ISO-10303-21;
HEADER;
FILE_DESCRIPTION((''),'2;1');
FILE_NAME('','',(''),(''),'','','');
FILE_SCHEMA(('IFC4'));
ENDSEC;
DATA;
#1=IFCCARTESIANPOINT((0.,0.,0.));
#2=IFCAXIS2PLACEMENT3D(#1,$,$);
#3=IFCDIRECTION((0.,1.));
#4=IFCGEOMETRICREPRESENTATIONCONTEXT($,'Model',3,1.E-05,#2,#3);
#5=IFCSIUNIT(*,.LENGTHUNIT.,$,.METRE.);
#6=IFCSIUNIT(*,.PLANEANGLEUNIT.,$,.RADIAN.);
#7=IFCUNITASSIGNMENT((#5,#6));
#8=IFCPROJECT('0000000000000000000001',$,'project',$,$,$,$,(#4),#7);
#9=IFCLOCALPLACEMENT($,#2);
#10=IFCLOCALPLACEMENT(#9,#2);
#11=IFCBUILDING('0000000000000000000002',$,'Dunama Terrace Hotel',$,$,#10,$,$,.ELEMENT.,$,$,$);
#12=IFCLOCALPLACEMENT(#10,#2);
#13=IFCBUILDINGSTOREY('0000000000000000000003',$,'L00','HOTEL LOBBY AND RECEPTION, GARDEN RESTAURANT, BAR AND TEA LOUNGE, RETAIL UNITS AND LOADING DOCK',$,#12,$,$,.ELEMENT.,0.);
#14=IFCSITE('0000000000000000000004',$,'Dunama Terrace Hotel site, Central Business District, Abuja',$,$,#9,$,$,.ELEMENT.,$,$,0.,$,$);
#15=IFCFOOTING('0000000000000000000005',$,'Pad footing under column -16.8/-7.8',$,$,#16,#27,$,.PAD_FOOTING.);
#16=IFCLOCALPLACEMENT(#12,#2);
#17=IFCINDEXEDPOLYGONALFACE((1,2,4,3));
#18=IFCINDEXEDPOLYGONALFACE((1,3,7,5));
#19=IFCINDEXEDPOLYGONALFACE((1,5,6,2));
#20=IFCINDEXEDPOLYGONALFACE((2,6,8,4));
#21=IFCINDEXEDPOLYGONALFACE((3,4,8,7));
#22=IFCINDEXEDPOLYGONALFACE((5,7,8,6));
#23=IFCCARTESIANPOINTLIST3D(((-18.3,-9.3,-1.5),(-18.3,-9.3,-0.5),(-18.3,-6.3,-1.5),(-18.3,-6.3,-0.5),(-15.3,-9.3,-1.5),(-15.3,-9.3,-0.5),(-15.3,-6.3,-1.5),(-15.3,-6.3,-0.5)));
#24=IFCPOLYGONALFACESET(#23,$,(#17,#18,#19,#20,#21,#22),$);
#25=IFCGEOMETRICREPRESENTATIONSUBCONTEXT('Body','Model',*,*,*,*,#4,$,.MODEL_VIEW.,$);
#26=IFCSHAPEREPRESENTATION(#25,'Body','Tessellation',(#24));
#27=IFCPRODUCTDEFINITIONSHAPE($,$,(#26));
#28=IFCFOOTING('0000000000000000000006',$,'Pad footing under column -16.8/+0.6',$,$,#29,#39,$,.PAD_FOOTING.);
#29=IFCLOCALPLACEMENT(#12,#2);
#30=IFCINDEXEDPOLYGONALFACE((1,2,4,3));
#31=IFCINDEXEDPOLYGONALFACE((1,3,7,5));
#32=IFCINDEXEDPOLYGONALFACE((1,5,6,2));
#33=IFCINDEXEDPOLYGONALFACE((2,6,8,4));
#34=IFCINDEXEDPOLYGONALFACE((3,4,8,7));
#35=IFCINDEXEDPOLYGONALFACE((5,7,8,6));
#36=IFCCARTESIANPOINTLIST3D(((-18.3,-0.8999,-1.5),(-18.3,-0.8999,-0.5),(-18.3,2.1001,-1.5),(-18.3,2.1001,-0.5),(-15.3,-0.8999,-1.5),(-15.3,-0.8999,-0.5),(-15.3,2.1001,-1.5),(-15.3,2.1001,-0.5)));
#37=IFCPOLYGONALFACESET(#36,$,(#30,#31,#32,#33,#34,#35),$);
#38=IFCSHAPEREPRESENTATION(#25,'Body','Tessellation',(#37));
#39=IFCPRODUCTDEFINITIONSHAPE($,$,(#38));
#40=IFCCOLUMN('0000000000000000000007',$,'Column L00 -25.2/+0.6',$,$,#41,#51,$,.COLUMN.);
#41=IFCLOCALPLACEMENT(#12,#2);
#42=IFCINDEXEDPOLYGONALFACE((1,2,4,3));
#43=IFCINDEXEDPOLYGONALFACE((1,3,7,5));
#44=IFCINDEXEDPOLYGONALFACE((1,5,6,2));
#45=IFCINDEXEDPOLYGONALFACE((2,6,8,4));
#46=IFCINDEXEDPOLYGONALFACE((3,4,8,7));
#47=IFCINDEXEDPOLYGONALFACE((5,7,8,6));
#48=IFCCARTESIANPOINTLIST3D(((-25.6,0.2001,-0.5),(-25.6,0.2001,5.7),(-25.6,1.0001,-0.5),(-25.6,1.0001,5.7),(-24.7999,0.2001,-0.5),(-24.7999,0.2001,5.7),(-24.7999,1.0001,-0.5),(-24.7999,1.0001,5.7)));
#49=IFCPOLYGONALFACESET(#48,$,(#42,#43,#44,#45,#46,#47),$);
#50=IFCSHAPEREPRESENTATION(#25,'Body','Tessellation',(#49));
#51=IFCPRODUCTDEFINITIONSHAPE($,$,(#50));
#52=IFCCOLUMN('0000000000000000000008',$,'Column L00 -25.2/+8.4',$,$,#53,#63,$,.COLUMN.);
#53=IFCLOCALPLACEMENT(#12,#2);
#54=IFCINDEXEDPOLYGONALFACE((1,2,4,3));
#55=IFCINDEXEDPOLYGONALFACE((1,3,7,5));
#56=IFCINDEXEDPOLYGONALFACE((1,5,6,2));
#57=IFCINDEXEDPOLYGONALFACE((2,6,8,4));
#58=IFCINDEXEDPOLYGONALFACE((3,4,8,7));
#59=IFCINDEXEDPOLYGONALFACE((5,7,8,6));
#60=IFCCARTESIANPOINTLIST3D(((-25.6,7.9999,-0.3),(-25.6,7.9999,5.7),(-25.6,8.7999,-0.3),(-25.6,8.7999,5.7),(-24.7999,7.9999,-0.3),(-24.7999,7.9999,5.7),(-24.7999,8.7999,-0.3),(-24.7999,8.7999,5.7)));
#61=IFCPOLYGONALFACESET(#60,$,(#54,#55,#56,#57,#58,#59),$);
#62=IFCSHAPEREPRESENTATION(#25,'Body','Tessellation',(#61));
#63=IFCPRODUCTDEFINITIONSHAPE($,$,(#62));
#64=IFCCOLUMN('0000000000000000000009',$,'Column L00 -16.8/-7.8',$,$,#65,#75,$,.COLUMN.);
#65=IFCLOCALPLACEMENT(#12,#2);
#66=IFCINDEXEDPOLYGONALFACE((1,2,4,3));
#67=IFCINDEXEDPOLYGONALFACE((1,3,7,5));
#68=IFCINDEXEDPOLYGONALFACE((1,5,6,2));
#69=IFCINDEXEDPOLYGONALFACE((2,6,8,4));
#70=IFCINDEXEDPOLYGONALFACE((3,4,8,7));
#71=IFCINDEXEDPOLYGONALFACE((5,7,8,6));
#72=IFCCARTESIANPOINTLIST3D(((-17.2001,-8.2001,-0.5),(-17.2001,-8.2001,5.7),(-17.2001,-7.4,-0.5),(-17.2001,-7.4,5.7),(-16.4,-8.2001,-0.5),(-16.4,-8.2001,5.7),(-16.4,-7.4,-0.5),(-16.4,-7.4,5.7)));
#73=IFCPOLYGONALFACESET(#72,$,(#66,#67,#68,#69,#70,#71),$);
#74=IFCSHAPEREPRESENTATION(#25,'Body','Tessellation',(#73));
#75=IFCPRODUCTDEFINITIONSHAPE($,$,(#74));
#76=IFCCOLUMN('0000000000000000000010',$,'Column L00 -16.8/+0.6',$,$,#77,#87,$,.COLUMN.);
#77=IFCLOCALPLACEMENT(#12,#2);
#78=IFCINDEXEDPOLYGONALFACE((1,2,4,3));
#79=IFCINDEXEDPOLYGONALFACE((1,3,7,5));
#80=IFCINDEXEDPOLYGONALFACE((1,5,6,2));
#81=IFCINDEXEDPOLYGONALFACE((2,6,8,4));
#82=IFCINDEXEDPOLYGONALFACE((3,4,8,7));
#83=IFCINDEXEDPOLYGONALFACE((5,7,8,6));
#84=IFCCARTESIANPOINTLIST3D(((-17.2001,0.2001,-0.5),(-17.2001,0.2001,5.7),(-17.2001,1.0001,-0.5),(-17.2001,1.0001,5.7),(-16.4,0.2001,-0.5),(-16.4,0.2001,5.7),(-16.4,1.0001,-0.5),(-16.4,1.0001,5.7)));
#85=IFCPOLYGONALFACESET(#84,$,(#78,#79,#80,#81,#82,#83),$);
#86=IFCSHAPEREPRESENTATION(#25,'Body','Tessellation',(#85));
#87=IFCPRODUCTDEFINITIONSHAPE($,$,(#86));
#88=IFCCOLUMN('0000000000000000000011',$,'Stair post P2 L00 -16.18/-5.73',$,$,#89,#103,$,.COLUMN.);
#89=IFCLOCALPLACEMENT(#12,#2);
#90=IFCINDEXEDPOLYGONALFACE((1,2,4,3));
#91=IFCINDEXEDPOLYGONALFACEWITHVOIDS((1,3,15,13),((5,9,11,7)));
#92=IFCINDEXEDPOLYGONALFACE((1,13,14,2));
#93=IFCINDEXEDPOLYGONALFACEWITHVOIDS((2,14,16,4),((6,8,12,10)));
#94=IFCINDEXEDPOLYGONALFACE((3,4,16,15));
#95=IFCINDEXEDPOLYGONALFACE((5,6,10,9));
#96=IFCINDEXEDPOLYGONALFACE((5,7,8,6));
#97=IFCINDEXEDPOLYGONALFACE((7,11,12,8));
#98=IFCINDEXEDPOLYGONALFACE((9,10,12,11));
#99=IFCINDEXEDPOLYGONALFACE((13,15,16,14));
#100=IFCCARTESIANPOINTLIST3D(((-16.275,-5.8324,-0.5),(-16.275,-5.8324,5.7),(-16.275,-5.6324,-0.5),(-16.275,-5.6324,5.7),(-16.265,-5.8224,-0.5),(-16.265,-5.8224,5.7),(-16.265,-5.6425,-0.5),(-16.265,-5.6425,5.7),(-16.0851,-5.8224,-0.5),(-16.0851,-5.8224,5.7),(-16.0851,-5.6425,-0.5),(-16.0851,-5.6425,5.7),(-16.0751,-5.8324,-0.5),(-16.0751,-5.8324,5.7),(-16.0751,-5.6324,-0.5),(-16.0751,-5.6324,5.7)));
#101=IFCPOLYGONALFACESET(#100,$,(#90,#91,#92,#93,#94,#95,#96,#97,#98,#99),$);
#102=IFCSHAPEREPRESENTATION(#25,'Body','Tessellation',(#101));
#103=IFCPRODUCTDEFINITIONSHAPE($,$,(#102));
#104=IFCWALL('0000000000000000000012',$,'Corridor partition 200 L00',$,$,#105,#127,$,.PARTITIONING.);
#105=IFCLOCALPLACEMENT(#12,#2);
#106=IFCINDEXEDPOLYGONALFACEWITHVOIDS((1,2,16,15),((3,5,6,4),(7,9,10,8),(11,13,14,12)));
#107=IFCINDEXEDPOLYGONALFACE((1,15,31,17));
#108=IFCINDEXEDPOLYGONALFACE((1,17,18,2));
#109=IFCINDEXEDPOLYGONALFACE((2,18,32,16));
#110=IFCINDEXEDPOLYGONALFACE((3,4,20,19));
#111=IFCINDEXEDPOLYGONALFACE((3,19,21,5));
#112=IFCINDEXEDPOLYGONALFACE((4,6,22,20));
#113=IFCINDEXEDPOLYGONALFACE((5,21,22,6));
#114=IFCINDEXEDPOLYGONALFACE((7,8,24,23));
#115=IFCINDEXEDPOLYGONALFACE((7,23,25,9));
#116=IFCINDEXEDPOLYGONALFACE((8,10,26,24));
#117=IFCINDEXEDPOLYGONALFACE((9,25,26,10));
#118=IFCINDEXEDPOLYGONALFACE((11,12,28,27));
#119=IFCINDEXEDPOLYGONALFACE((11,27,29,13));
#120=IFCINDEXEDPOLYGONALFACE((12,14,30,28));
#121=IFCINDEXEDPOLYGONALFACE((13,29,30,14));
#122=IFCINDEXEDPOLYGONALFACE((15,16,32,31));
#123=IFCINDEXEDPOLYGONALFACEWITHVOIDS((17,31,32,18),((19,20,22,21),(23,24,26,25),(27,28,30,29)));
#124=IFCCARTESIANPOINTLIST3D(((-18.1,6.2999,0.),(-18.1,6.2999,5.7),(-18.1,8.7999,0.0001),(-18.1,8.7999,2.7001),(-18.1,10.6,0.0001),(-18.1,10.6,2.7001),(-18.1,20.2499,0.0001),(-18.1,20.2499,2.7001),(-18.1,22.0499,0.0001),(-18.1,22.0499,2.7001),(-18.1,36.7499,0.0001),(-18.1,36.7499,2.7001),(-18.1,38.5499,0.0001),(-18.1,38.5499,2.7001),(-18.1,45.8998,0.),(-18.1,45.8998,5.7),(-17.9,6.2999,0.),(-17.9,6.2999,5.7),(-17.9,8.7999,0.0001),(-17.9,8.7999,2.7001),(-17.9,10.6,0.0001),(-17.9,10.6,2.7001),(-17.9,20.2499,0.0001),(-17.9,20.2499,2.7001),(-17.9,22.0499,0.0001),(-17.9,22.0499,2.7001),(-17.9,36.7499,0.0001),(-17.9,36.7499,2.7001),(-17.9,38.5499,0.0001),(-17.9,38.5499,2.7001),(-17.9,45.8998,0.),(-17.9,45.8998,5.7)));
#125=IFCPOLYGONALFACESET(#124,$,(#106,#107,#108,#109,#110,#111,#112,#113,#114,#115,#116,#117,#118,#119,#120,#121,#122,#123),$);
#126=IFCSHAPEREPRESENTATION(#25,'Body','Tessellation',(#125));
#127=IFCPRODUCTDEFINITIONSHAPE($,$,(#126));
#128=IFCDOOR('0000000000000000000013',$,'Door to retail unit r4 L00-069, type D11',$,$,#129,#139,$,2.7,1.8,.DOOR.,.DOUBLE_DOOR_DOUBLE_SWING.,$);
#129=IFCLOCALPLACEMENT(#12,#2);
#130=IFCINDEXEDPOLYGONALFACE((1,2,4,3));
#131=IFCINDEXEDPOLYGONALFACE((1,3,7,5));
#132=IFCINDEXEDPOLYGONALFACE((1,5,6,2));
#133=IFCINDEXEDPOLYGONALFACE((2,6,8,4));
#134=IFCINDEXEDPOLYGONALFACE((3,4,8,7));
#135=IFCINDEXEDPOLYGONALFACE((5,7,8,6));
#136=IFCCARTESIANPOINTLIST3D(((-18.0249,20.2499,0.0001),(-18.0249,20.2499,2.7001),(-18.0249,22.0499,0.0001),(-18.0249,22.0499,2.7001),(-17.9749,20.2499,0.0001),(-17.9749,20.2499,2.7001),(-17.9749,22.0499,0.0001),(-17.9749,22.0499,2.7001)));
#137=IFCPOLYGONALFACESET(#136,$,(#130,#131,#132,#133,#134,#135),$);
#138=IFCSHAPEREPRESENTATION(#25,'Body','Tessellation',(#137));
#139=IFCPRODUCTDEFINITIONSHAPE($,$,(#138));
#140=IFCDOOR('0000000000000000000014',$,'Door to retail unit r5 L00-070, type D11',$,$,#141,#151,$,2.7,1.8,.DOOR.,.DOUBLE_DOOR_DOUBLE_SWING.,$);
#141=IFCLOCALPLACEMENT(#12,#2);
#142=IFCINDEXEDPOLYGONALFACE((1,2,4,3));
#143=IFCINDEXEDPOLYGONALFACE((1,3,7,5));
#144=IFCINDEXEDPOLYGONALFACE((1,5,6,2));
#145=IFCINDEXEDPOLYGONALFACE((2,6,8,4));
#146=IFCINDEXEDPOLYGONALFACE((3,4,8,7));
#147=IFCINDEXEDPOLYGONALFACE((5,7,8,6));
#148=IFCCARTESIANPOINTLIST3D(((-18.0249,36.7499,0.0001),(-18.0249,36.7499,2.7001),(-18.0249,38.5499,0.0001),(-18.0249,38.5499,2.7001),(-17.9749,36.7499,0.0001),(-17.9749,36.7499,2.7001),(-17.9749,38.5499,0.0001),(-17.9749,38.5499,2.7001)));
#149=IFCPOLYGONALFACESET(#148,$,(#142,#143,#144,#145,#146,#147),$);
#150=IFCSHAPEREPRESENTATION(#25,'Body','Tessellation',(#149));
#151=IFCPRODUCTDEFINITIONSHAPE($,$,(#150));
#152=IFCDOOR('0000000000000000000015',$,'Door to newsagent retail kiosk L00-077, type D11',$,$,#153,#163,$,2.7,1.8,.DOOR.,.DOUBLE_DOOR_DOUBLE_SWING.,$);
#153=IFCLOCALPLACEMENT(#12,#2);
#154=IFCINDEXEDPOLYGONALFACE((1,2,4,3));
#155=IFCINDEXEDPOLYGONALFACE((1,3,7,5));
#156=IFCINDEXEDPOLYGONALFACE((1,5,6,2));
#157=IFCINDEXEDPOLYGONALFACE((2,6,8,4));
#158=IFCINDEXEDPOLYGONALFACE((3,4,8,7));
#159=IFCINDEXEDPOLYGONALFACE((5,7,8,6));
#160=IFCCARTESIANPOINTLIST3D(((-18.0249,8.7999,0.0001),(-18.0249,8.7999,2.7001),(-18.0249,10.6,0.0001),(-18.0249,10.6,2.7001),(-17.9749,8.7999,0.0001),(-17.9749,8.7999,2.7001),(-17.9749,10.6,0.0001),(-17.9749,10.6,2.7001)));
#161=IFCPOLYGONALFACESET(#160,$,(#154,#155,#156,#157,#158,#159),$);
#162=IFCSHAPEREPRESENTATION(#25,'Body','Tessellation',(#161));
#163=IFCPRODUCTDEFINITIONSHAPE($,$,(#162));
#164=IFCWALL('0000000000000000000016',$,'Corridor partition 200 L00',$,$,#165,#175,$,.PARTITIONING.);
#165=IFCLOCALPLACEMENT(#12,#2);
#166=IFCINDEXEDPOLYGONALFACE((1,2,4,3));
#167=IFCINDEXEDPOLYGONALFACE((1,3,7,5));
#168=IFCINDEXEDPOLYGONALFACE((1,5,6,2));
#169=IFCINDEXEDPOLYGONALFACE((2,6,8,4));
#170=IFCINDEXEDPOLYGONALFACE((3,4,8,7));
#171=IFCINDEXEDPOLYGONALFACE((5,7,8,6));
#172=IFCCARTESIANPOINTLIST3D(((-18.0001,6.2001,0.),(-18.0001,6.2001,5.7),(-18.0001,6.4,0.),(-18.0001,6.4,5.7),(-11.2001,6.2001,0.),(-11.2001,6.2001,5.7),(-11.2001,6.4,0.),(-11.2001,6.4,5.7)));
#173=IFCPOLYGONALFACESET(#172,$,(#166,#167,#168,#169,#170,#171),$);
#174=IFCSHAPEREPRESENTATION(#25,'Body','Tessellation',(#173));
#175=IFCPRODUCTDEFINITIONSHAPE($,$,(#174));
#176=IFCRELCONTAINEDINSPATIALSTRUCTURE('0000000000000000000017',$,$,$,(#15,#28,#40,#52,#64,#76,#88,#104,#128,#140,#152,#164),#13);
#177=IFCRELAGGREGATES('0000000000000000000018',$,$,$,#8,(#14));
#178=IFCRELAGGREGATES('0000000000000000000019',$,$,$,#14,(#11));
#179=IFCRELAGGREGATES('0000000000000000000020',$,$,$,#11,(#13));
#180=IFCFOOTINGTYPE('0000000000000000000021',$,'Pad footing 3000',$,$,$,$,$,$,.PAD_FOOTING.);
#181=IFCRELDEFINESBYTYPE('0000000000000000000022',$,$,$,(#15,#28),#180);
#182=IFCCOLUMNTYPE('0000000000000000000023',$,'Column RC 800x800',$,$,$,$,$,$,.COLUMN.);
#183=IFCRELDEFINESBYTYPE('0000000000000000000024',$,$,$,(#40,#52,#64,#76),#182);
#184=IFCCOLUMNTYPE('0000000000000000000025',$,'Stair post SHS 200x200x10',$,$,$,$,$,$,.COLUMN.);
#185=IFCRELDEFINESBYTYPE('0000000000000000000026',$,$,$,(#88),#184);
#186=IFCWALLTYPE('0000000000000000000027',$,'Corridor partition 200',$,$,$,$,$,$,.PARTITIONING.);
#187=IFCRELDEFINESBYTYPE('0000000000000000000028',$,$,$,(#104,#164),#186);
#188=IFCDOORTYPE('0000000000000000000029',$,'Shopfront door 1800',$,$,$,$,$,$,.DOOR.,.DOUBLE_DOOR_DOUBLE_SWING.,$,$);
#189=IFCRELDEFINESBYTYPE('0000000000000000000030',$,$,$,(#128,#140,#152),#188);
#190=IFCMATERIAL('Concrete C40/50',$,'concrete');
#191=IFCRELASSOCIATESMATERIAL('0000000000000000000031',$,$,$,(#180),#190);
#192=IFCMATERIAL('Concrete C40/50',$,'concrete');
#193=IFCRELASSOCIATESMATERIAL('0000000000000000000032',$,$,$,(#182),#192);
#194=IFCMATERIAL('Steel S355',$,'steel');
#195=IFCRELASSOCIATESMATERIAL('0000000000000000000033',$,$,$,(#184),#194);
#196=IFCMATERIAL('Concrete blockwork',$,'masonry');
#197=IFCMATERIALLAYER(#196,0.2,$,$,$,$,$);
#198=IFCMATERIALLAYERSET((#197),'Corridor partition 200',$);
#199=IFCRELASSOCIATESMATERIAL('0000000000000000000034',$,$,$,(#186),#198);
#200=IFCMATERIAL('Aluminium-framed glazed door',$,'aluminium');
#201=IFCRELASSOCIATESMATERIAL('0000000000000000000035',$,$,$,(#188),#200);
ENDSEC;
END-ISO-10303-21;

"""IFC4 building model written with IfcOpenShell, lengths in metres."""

from ifc_helpers import new_model, si_unit, direction, frame, frame_2d, origin, origin_2d, place, context, subcontext, project, spatial, rectangle, hollow_rectangle, extrude, material, layer, layer_set, material_profile, profile_set, type_object, element, fill, save


model = new_model("IFC4")

# Units and contexts
model_context = context("Model", 3, precision=1e-05, world=origin(), true_north=direction((0.0, 1.0)))
body_context = subcontext(model_context, "Body", "Model", "MODEL_VIEW")
ifc_project = project(units=[si_unit("LENGTHUNIT", "METRE"), si_unit("PLANEANGLEUNIT", "RADIAN")], contexts=[model_context])

# Site, building, storey
site_placement = place(None, origin())
site = spatial("IfcSite", under=ifc_project, at=site_placement, Name="Dunama Terrace Hotel site, Central Business District, Abuja", CompositionType="ELEMENT", RefElevation=0.0)
building_placement = place(site_placement, origin())
building = spatial("IfcBuilding", under=site, at=building_placement, Name="Dunama Terrace Hotel", CompositionType="ELEMENT")
storey_placement = place(building_placement, origin())
storey = spatial("IfcBuildingStorey", under=building, at=storey_placement, Name="L00", Description="HOTEL LOBBY AND RECEPTION, GARDEN RESTAURANT, BAR AND TEA LOUNGE, RETAIL UNITS AND LOADING DOCK", CompositionType="ELEMENT", Elevation=0.0)

# Footings
ifc_material_1 = material(Name="Concrete C40/50", Category="concrete")
footing_type = type_object("IfcFootingType", Name="Pad footing 3000", PredefinedType="PAD_FOOTING", material=ifc_material_1)
for number, where, z_axis, x_axis, name in (
    (1, (-16.8, -7.8, -1.5), (0.0, 0.0, 1.0), (1.0, 0.0, 0.0), "Pad footing under column -16.8/-7.8"),
    (2, (-16.8, 0.6001, -1.5), (0.0, 0.0, 1.0), (1.0, 0.0, 0.0), "Pad footing under column -16.8/+0.6"),
):
    element("IfcFooting", number, at=place(storey_placement, frame(where, z_axis=z_axis, x_axis=x_axis)), inside=storey, type_object=footing_type, Name=name, PredefinedType="PAD_FOOTING", context=body_context, shape_type="SweptSolid", body=[
        extrude(rectangle(XDim=3.0, YDim=3.0, at=origin_2d()), origin(), (0.0, 0.0, 1.0), 1.0),
    ])

# Columns
ifc_material_2 = material(Name="Concrete C40/50", Category="concrete")
ifc_material_profile_1 = material_profile(ifc_material_2, rectangle(XDim=0.8, YDim=0.8, at=origin_2d()), Name="RC 800x800")
ifc_profile_set_1 = profile_set([ifc_material_profile_1], Name="Concrete C40/50")
column_type_1 = type_object("IfcColumnType", Name="Column RC 800x800", PredefinedType="COLUMN", material=ifc_profile_set_1)
column_1_placement = place(storey_placement, frame((-25.2, 0.6001, -0.5), z_axis=(0.0, 0.0, 1.0), x_axis=(1.0, 0.0, 0.0)))
element("IfcColumn", 3, at=column_1_placement, inside=storey, type_object=column_type_1, Name="Column L00 -25.2/+0.6", PredefinedType="COLUMN", context=body_context, shape_type="SweptSolid", body=[
    extrude(rectangle(XDim=0.8, YDim=0.8, at=origin_2d()), origin(), (0.0, 0.0, 1.0), 6.2),
])
column_2_placement = place(storey_placement, frame((-25.2, 8.3999, -0.3), z_axis=(0.0, 0.0, 1.0), x_axis=(1.0, 0.0, 0.0)))
element("IfcColumn", 4, at=column_2_placement, inside=storey, type_object=column_type_1, Name="Column L00 -25.2/+8.4", PredefinedType="COLUMN", context=body_context, shape_type="SweptSolid", body=[
    extrude(rectangle(XDim=0.8, YDim=0.8, at=origin_2d()), origin(), (0.0, 0.0, 1.0), 6.0),
])
for number, where, z_axis, x_axis, name in (
    (5, (-16.8, -7.8, -0.5), (0.0, 0.0, 1.0), (1.0, 0.0, 0.0), "Column L00 -16.8/-7.8"),
    (6, (-16.8, 0.6001, -0.5), (0.0, 0.0, 1.0), (1.0, 0.0, 0.0), "Column L00 -16.8/+0.6"),
):
    element("IfcColumn", number, at=place(storey_placement, frame(where, z_axis=z_axis, x_axis=x_axis)), inside=storey, type_object=column_type_1, Name=name, PredefinedType="COLUMN", context=body_context, shape_type="SweptSolid", body=[
        extrude(rectangle(XDim=0.8, YDim=0.8, at=origin_2d()), origin(), (0.0, 0.0, 1.0), 6.2),
    ])
ifc_material_3 = material(Name="Steel S355", Category="steel")
ifc_material_profile_2 = material_profile(ifc_material_3, hollow_rectangle(XDim=0.2, YDim=0.2, WallThickness=0.01, at=origin_2d()), Name="SHS 200x200x10")
ifc_profile_set_2 = profile_set([ifc_material_profile_2], Name="Steel S355")
column_type_2 = type_object("IfcColumnType", Name="Stair post SHS 200x200x10", PredefinedType="COLUMN", material=ifc_profile_set_2)
column_3_placement = place(storey_placement, frame((-16.175, -5.7324, -0.5), z_axis=(0.0, 0.0, 1.0), x_axis=(1.0, 0.0, 0.0)))
element("IfcColumn", 7, at=column_3_placement, inside=storey, type_object=column_type_2, Name="Stair post P2 L00 -16.18/-5.73", PredefinedType="COLUMN", context=body_context, shape_type="SweptSolid", body=[
    extrude(hollow_rectangle(XDim=0.2, YDim=0.2, WallThickness=0.01, at=origin_2d()), origin(), (0.0, 0.0, 1.0), 6.2),
])

# Wall, openings, doors
ifc_material_4 = material(Name="Concrete blockwork", Category="masonry")
ifc_layer_1 = layer(ifc_material_4, 0.2)
ifc_layer_set_1 = layer_set([ifc_layer_1], Name="Corridor partition 200")
wall_type_1 = type_object("IfcWallType", Name="Corridor partition 200", PredefinedType="PARTITIONING", material=ifc_layer_set_1)
wall_1_placement = place(storey_placement, frame((-18.0, 6.3, 0.0), z_axis=(0.0, 0.0, 1.0), x_axis=(0.0, 1.0, 0.0)))
wall_1 = element("IfcWall", 8, at=wall_1_placement, inside=storey, type_object=wall_type_1, Name="Corridor partition 200 L00", PredefinedType="PARTITIONING", context=body_context, shape_type="SweptSolid", body=[
    extrude(rectangle(XDim=39.5999, YDim=0.2, at=frame_2d((19.7998, 0.0))), origin(), (0.0, 0.0, 1.0), 5.7),
])
opening_1_placement = place(wall_1_placement, frame((13.95, 0.0, 0.0)))
opening_1 = element("IfcOpeningElement", 9, at=opening_1_placement, cuts=wall_1, PredefinedType="OPENING", context=body_context, shape_type="SweptSolid", body=[
    extrude(rectangle(XDim=1.8, YDim=2.7, at=frame_2d((0.8999, 1.3501))), frame((0.0, 0.1099, 0.0), z_axis=(0.0, -1.0, 0.0), x_axis=(1.0, 0.0, 0.0)), (0.0, 0.0, 1.0), 0.22),
])
opening_2_placement = place(wall_1_placement, frame((30.45, 0.0, 0.0)))
opening_2 = element("IfcOpeningElement", 10, at=opening_2_placement, cuts=wall_1, PredefinedType="OPENING", context=body_context, shape_type="SweptSolid", body=[
    extrude(rectangle(XDim=1.8, YDim=2.7, at=frame_2d((0.8999, 1.3501))), frame((0.0, 0.1099, 0.0), z_axis=(0.0, -1.0, 0.0), x_axis=(1.0, 0.0, 0.0)), (0.0, 0.0, 1.0), 0.22),
])
opening_3_placement = place(wall_1_placement, frame((2.5, 0.0, 0.0)))
opening_3 = element("IfcOpeningElement", 11, at=opening_3_placement, cuts=wall_1, PredefinedType="OPENING", context=body_context, shape_type="SweptSolid", body=[
    extrude(rectangle(XDim=1.8, YDim=2.7, at=frame_2d((0.8999, 1.3501))), frame((0.0, 0.1099, 0.0), z_axis=(0.0, -1.0, 0.0), x_axis=(1.0, 0.0, 0.0)), (0.0, 0.0, 1.0), 0.22),
])
ifc_material_5 = material(Name="Aluminium-framed glazed door", Category="aluminium")
door_type = type_object("IfcDoorType", Name="Shopfront door 1800", OperationType="DOUBLE_DOOR_DOUBLE_SWING", PredefinedType="DOOR", material=ifc_material_5)
door_1_placement = place(opening_1_placement, origin())
door_1 = element("IfcDoor", 12, at=door_1_placement, inside=storey, type_object=door_type, Name="Door to retail unit r4 L00-069, type D11", OperationType="DOUBLE_DOOR_DOUBLE_SWING", OverallHeight=2.7, OverallWidth=1.8, PredefinedType="DOOR", context=body_context, shape_type="SweptSolid", body=[
    extrude(rectangle(XDim=1.8, YDim=2.7, at=frame_2d((0.8999, 1.3501))), frame((0.0, 0.0249, 0.0), z_axis=(0.0, -1.0, 0.0), x_axis=(1.0, 0.0, 0.0)), (0.0, 0.0, 1.0), 0.05),
])
fill(opening_1, door_1)
door_2_placement = place(opening_2_placement, origin())
door_2 = element("IfcDoor", 13, at=door_2_placement, inside=storey, type_object=door_type, Name="Door to retail unit r5 L00-070, type D11", OperationType="DOUBLE_DOOR_DOUBLE_SWING", OverallHeight=2.7, OverallWidth=1.8, PredefinedType="DOOR", context=body_context, shape_type="SweptSolid", body=[
    extrude(rectangle(XDim=1.8, YDim=2.7, at=frame_2d((0.8999, 1.3501))), frame((0.0, 0.0249, 0.0), z_axis=(0.0, -1.0, 0.0), x_axis=(1.0, 0.0, 0.0)), (0.0, 0.0, 1.0), 0.05),
])
fill(opening_2, door_2)
door_3_placement = place(opening_3_placement, origin())
door_3 = element("IfcDoor", 14, at=door_3_placement, inside=storey, type_object=door_type, Name="Door to newsagent retail kiosk L00-077, type D11", OperationType="DOUBLE_DOOR_DOUBLE_SWING", OverallHeight=2.7, OverallWidth=1.8, PredefinedType="DOOR", context=body_context, shape_type="SweptSolid", body=[
    extrude(rectangle(XDim=1.8, YDim=2.7, at=frame_2d((0.8999, 1.3501))), frame((0.0, 0.0249, 0.0), z_axis=(0.0, -1.0, 0.0), x_axis=(1.0, 0.0, 0.0)), (0.0, 0.0, 1.0), 0.05),
])
fill(opening_3, door_3)

# Wall
wall_2_placement = place(storey_placement, frame((-18.0, 6.3, 0.0), z_axis=(0.0, 0.0, 1.0), x_axis=(1.0, 0.0, 0.0)))
element("IfcWall", 15, at=wall_2_placement, inside=storey, type_object=wall_type_1, Name="Corridor partition 200 L00", PredefinedType="PARTITIONING", context=body_context, shape_type="SweptSolid", body=[
    extrude(rectangle(XDim=6.8, YDim=0.2, at=frame_2d((3.3999, 0.0))), origin(), (0.0, 0.0, 1.0), 5.7),
])

save(model, "model.ifc")
